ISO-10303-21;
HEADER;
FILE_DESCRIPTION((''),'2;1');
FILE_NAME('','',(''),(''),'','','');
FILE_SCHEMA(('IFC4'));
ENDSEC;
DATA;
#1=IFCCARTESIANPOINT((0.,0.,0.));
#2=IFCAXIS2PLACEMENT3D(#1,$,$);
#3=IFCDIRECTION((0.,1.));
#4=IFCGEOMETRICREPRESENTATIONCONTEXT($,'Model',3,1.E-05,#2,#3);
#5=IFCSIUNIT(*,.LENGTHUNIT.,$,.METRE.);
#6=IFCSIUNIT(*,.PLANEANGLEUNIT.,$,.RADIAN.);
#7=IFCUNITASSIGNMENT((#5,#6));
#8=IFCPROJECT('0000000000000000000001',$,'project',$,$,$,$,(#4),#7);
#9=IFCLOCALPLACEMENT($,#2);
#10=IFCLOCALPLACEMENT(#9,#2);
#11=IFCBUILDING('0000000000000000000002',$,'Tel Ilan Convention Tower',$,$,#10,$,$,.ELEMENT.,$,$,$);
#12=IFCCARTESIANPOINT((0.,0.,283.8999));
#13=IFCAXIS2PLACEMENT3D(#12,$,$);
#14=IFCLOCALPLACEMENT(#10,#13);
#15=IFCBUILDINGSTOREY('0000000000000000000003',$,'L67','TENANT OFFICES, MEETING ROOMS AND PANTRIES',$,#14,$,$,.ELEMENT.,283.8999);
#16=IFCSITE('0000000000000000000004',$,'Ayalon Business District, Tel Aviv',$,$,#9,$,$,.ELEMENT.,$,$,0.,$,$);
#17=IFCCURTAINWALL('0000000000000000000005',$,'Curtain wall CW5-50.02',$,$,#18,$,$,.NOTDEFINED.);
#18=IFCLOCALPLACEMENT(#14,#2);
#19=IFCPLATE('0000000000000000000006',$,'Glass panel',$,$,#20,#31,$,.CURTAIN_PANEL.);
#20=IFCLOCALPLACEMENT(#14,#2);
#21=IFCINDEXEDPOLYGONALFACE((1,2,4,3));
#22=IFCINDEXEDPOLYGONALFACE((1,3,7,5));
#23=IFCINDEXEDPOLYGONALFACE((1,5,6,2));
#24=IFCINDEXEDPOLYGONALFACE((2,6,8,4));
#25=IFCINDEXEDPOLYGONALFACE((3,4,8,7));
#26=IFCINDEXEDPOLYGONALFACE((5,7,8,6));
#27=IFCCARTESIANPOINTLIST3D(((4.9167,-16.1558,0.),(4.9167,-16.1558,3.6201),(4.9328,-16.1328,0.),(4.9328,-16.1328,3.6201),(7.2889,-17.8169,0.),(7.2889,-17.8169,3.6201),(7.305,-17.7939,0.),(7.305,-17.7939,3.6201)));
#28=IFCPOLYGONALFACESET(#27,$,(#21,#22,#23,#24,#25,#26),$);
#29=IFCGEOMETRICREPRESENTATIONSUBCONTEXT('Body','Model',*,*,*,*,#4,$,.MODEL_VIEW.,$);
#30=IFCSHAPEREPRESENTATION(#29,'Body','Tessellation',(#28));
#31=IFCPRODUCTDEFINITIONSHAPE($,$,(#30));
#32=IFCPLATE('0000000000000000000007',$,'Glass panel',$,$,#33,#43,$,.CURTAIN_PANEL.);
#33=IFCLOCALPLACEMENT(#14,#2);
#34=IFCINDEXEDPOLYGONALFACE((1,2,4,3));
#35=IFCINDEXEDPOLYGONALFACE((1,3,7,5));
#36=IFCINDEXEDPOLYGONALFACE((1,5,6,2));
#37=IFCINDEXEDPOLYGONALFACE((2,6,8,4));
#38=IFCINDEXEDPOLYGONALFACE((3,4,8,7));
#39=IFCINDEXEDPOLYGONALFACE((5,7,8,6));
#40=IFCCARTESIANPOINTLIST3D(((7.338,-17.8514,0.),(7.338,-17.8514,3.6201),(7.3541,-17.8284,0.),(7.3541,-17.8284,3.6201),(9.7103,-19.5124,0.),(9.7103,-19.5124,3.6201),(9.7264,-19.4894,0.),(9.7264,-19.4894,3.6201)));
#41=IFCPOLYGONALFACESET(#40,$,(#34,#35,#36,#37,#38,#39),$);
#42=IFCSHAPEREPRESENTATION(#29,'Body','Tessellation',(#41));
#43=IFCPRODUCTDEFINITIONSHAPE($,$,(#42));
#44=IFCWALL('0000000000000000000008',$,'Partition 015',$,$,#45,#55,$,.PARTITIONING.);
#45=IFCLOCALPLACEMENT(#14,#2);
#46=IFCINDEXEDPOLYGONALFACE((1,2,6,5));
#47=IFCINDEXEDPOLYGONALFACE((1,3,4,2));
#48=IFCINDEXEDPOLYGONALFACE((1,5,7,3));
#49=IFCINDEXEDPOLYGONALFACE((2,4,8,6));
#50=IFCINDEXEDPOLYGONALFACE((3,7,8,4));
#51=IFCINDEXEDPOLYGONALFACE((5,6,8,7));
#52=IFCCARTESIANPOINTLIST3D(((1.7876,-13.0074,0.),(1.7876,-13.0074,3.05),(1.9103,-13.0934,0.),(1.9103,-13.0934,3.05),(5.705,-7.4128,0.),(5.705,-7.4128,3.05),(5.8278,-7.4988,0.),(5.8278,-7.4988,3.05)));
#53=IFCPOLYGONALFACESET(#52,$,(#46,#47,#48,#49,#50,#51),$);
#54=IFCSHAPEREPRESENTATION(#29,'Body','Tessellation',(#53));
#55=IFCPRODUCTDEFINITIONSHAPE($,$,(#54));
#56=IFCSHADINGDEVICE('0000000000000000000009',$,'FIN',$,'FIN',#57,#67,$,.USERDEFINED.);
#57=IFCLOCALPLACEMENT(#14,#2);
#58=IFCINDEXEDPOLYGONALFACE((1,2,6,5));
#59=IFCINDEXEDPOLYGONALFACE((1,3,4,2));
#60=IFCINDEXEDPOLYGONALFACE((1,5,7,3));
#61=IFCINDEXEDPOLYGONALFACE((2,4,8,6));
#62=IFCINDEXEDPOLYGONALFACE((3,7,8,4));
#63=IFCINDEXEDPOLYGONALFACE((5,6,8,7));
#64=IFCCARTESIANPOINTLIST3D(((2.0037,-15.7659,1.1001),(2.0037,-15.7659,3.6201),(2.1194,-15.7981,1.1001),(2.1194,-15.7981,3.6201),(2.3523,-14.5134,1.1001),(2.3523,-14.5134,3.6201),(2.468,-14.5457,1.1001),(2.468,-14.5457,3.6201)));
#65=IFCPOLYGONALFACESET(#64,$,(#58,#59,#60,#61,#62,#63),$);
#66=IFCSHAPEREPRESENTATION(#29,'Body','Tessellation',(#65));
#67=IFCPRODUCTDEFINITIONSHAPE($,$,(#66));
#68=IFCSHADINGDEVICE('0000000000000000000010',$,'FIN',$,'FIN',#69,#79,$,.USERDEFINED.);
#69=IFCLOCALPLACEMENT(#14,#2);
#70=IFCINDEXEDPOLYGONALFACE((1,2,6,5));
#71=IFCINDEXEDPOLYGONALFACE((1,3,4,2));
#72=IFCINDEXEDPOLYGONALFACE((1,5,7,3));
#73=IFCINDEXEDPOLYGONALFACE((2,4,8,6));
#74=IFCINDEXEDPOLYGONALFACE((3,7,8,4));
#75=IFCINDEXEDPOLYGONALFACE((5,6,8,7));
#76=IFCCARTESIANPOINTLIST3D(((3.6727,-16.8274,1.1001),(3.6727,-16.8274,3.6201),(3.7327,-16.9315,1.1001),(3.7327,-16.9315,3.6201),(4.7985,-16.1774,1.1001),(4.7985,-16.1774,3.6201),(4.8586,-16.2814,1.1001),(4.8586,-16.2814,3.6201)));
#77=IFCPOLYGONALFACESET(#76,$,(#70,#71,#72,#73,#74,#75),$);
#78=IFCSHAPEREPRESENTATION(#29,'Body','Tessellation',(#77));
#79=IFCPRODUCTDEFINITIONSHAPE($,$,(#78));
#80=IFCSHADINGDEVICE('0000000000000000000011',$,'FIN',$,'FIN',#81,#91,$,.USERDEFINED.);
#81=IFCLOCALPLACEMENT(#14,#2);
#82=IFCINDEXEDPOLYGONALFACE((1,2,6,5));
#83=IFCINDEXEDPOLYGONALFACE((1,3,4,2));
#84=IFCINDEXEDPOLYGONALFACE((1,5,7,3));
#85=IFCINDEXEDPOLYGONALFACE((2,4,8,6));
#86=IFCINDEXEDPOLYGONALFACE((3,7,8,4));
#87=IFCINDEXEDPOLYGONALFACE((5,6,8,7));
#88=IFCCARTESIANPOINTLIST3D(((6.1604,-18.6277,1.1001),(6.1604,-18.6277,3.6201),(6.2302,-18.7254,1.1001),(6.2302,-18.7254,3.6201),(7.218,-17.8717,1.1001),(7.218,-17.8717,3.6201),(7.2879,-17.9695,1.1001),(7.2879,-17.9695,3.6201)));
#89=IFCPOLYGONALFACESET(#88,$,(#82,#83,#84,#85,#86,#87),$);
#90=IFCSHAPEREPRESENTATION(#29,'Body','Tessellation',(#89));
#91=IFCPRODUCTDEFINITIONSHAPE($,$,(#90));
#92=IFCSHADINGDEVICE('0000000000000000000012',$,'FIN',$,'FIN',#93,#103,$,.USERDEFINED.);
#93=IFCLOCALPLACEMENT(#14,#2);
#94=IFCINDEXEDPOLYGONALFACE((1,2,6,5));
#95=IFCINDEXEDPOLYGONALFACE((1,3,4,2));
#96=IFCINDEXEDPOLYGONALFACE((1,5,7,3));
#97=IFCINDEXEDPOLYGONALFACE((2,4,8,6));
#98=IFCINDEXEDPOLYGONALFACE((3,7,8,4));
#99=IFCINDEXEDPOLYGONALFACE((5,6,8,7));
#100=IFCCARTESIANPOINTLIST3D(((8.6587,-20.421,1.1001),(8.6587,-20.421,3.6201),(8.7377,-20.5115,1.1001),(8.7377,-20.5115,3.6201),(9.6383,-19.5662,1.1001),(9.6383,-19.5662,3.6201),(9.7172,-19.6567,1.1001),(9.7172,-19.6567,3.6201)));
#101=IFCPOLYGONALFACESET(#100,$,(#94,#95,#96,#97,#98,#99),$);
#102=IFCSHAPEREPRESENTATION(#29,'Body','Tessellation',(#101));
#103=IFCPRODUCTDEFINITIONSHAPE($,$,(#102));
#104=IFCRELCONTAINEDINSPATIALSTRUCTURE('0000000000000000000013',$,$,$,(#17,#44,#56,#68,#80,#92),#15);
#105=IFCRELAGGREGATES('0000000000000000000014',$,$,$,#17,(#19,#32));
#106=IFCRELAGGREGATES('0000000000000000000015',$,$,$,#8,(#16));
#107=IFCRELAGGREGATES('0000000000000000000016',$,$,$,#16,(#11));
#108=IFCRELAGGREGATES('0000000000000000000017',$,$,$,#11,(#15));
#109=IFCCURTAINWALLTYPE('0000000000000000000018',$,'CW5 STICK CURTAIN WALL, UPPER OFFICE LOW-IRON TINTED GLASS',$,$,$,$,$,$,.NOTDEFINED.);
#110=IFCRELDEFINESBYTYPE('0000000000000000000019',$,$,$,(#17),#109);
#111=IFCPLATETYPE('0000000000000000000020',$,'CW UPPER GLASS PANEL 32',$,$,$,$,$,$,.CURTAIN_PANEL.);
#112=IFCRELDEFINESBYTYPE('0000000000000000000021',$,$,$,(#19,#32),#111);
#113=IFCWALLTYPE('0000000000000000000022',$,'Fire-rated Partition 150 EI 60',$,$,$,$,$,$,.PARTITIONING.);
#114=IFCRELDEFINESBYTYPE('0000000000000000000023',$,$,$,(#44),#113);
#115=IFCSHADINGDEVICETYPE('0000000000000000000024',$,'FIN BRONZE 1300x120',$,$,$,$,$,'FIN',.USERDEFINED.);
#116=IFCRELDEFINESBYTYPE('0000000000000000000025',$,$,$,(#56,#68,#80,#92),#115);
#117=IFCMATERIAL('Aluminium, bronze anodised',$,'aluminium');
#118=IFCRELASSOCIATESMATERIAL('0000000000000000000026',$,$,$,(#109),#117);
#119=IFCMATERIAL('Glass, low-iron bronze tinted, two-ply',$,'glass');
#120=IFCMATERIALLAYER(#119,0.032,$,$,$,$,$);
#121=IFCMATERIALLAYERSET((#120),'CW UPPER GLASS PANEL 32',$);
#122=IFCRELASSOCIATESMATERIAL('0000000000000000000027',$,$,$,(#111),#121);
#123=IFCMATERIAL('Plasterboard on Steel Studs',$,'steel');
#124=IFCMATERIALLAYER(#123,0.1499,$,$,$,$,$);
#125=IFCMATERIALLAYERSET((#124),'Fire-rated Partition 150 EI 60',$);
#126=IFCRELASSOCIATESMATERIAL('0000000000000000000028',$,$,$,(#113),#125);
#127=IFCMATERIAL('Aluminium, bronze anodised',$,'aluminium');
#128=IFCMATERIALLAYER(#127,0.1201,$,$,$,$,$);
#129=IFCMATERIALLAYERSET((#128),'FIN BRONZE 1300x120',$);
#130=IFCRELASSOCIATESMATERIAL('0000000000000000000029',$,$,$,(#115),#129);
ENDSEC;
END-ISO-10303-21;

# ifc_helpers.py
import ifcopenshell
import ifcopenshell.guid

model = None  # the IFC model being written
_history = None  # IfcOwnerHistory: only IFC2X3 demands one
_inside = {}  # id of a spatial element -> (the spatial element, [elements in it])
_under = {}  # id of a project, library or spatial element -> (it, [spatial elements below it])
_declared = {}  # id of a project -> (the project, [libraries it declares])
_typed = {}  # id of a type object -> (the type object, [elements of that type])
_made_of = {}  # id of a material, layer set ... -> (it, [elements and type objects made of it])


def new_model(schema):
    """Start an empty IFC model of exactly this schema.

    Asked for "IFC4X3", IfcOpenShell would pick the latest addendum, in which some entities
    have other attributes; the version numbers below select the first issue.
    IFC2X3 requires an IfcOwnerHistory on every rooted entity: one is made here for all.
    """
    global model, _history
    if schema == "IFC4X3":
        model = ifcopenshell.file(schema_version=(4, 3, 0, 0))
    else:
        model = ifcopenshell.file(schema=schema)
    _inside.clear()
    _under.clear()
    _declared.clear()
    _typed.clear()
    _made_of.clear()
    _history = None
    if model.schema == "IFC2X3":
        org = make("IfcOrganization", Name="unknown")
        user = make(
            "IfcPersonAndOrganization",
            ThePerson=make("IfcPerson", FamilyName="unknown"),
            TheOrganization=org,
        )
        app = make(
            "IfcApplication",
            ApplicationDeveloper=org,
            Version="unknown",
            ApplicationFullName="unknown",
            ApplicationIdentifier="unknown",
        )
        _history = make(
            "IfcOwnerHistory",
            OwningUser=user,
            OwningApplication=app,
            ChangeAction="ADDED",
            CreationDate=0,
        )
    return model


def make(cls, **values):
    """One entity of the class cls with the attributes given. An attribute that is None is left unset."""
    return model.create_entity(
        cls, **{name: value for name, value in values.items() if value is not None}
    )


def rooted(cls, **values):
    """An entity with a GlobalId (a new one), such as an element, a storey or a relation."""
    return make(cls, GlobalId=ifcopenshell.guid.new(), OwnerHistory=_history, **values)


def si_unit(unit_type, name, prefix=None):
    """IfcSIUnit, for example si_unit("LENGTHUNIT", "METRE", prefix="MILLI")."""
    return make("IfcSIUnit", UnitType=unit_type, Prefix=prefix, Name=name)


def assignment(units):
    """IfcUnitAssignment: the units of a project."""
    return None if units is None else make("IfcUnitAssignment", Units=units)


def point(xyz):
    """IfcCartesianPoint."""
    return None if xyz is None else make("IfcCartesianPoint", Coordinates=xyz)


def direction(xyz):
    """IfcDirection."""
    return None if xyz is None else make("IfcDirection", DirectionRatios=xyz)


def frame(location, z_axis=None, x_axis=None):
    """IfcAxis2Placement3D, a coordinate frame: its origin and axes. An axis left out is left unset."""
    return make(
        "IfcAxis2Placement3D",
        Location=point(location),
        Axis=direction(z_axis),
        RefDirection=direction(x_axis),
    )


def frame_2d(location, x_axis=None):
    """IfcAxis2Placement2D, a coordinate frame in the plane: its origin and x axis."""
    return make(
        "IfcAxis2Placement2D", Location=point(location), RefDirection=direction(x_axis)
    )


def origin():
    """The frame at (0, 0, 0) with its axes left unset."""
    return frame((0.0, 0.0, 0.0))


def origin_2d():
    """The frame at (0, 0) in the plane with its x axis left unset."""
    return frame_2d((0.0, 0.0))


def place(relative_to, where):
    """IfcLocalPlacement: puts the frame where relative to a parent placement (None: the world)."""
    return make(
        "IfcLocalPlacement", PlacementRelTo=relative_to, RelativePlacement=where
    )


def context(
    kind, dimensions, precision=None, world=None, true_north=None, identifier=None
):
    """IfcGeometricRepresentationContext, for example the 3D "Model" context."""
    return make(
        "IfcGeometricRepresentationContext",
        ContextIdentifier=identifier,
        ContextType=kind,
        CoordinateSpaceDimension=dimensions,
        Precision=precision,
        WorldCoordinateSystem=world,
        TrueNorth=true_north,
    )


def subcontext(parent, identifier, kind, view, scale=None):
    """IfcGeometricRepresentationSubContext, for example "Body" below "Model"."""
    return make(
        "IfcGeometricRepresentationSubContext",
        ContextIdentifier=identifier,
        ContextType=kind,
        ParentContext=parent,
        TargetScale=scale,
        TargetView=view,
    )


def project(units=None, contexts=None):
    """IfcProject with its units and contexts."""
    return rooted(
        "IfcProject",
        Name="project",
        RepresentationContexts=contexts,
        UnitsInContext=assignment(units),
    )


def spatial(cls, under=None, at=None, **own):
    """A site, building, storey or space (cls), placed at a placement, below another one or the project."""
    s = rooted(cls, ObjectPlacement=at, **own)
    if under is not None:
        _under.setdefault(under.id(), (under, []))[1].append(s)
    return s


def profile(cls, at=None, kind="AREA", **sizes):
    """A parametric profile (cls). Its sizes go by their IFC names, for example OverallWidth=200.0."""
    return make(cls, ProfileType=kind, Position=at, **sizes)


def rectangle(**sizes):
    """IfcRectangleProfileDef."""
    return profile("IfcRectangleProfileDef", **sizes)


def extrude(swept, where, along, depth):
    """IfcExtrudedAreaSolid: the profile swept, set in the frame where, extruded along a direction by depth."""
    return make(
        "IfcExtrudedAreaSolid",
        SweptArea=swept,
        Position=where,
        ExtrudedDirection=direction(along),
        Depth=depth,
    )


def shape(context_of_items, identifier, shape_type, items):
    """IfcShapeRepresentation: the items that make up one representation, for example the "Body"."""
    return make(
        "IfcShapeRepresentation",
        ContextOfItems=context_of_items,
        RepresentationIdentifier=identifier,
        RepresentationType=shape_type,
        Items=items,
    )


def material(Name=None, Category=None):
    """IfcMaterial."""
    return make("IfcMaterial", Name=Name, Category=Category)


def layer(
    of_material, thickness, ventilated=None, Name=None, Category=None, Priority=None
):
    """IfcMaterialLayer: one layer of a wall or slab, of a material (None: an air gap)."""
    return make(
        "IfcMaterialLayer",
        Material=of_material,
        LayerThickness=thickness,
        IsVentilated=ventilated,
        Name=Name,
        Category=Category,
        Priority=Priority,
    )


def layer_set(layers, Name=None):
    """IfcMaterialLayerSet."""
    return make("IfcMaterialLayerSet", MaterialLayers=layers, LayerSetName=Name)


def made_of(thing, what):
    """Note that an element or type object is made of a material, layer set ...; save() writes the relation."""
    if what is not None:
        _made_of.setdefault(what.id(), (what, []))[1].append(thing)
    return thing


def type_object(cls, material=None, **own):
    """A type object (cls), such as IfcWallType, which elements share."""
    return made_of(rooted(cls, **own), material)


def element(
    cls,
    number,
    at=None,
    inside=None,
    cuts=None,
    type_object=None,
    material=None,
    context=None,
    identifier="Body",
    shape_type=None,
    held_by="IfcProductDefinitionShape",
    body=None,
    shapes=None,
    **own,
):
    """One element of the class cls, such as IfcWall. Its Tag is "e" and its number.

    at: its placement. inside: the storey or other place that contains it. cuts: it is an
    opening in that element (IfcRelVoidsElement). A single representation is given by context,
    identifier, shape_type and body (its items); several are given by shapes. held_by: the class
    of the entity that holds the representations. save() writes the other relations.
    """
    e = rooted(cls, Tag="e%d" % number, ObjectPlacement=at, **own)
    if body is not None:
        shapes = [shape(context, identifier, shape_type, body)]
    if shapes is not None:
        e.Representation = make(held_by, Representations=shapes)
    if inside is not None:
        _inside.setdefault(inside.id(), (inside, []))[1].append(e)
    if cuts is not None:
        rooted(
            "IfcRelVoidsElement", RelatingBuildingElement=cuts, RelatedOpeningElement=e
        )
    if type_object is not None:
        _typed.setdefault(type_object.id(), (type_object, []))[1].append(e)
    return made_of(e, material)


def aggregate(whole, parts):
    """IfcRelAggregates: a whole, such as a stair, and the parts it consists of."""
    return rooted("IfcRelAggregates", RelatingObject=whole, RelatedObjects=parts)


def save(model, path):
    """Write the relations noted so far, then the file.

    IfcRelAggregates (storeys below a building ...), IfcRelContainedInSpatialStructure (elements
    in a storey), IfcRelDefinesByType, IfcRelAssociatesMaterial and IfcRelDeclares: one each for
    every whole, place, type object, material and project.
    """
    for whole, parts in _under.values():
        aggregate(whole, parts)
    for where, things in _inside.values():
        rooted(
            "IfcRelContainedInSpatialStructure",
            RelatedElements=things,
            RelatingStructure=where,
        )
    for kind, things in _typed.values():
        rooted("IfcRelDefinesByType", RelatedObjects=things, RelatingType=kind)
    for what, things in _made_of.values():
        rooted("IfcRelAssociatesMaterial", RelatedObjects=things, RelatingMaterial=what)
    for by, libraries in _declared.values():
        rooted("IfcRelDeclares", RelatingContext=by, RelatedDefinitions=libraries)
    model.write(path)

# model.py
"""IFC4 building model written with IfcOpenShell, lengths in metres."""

from ifc_helpers import new_model, si_unit, direction, frame, frame_2d, origin, origin_2d, place, context, subcontext, project, spatial, rectangle, extrude, material, layer, layer_set, type_object, element, aggregate, save


model = new_model("IFC4")

# Units and contexts
model_context = context("Model", 3, precision=1e-05, world=origin(), true_north=direction((0.0, 1.0)))
body_context = subcontext(model_context, "Body", "Model", "MODEL_VIEW")
ifc_project = project(units=[si_unit("LENGTHUNIT", "METRE"), si_unit("PLANEANGLEUNIT", "RADIAN")], contexts=[model_context])

# Site, building, storey
site_placement = place(None, origin())
site = spatial("IfcSite", under=ifc_project, at=site_placement, Name="Ayalon Business District, Tel Aviv", CompositionType="ELEMENT", RefElevation=0.0)
building_placement = place(site_placement, origin())
building = spatial("IfcBuilding", under=site, at=building_placement, Name="Tel Ilan Convention Tower", CompositionType="ELEMENT")
storey_placement = place(building_placement, frame((0.0, 0.0, 283.8999)))
storey = spatial("IfcBuildingStorey", under=building, at=storey_placement, Name="L67", Description="TENANT OFFICES, MEETING ROOMS AND PANTRIES", CompositionType="ELEMENT", Elevation=283.8999)

# Curtain wall, plates
ifc_material_1 = material(Name="Aluminium, bronze anodised", Category="aluminium")
curtain_wall_type = type_object("IfcCurtainWallType", Name="CW5 STICK CURTAIN WALL, UPPER OFFICE LOW-IRON TINTED GLASS", PredefinedType="NOTDEFINED", material=ifc_material_1)
curtain_wall_placement = place(storey_placement, origin())
curtain_wall = element("IfcCurtainWall", 1, at=curtain_wall_placement, inside=storey, type_object=curtain_wall_type, Name="Curtain wall CW5-50.02", PredefinedType="NOTDEFINED")
ifc_material_2 = material(Name="Glass, low-iron bronze tinted, two-ply", Category="glass")
ifc_layer_1 = layer(ifc_material_2, 0.032)
ifc_layer_set_1 = layer_set([ifc_layer_1], Name="CW UPPER GLASS PANEL 32")
plate_type = type_object("IfcPlateType", Name="CW UPPER GLASS PANEL 32", PredefinedType="CURTAIN_PANEL", material=ifc_layer_set_1)
plate_1_placement = place(storey_placement, frame((6.1108, -16.9749, 0.0), z_axis=(0.0, 0.0, 1.0), x_axis=(0.819152, -0.573576, 0.0)))
plate_1 = element("IfcPlate", 2, at=plate_1_placement, type_object=plate_type, Name="Glass panel", PredefinedType="CURTAIN_PANEL", context=body_context, shape_type="SweptSolid", body=[
    extrude(rectangle(XDim=2.896, YDim=0.0281, at=origin_2d()), origin(), (0.0, 0.0, 1.0), 3.6201),
])
plate_2_placement = place(storey_placement, frame((8.5322, -18.6704, 0.0), z_axis=(0.0, 0.0, 1.0), x_axis=(0.819152, -0.573576, 0.0)))
plate_2 = element("IfcPlate", 3, at=plate_2_placement, type_object=plate_type, Name="Glass panel", PredefinedType="CURTAIN_PANEL", context=body_context, shape_type="SweptSolid", body=[
    extrude(rectangle(XDim=2.896, YDim=0.0281, at=origin_2d()), origin(), (0.0, 0.0, 1.0), 3.6201),
])
aggregate(curtain_wall, [plate_1, plate_2])

# Wall
ifc_material_3 = material(Name="Plasterboard on Steel Studs", Category="steel")
ifc_layer_2 = layer(ifc_material_3, 0.1499)
ifc_layer_set_2 = layer_set([ifc_layer_2], Name="Fire-rated Partition 150 EI 60")
wall_type = type_object("IfcWallType", Name="Fire-rated Partition 150 EI 60", PredefinedType="PARTITIONING", material=ifc_layer_set_2)
wall_placement = place(storey_placement, frame((1.8489, -13.0505, 0.0), z_axis=(0.0, 0.0, 1.0), x_axis=(0.573577, 0.819151, 0.0)))
element("IfcWall", 4, at=wall_placement, inside=storey, type_object=wall_type, Name="Partition 015", PredefinedType="PARTITIONING", context=body_context, shape_type="SweptSolid", body=[
    extrude(rectangle(XDim=6.8298, YDim=0.1499, at=frame_2d((3.415, 0.0))), origin(), (0.0, 0.0, 1.0), 3.05),
])

# Shading devices
ifc_material_4 = material(Name="Aluminium, bronze anodised", Category="aluminium")
ifc_layer_3 = layer(ifc_material_4, 0.1201)
ifc_layer_set_3 = layer_set([ifc_layer_3], Name="FIN BRONZE 1300x120")
shading_device_type = type_object("IfcShadingDeviceType", Name="FIN BRONZE 1300x120", ElementType="FIN", PredefinedType="USERDEFINED", material=ifc_layer_set_3)
for number, where, z_axis, x_axis, name in (
    (5, (2.2358, -15.1558, 1.1001), (0.0, 0.0, 1.0), (-0.268173, -0.963371, 0.0), "FIN"),
    (6, (4.2656, -16.5544, 1.1001), (0.0, 0.0, 1.0), (-0.866025, -0.5, 0.0), "FIN"),
    (7, (6.7241, -18.2986, 1.1001), (0.0, 0.0, 1.0), (-0.813552, -0.581492, 0.0), "FIN"),
    (8, (9.188, -20.0388, 1.1001), (0.0, 0.0, 1.0), (-0.753436, -0.657521, 0.0), "FIN"),
):
    element("IfcShadingDevice", number, at=place(storey_placement, frame(where, z_axis=z_axis, x_axis=x_axis)), inside=storey, type_object=shading_device_type, Name=name, ObjectType="FIN", PredefinedType="USERDEFINED", context=body_context, shape_type="SweptSolid", body=[
        extrude(rectangle(XDim=1.3, YDim=0.1201, at=origin_2d()), origin(), (0.0, 0.0, 1.0), 2.52),
    ])

save(model, "model.ifc")
